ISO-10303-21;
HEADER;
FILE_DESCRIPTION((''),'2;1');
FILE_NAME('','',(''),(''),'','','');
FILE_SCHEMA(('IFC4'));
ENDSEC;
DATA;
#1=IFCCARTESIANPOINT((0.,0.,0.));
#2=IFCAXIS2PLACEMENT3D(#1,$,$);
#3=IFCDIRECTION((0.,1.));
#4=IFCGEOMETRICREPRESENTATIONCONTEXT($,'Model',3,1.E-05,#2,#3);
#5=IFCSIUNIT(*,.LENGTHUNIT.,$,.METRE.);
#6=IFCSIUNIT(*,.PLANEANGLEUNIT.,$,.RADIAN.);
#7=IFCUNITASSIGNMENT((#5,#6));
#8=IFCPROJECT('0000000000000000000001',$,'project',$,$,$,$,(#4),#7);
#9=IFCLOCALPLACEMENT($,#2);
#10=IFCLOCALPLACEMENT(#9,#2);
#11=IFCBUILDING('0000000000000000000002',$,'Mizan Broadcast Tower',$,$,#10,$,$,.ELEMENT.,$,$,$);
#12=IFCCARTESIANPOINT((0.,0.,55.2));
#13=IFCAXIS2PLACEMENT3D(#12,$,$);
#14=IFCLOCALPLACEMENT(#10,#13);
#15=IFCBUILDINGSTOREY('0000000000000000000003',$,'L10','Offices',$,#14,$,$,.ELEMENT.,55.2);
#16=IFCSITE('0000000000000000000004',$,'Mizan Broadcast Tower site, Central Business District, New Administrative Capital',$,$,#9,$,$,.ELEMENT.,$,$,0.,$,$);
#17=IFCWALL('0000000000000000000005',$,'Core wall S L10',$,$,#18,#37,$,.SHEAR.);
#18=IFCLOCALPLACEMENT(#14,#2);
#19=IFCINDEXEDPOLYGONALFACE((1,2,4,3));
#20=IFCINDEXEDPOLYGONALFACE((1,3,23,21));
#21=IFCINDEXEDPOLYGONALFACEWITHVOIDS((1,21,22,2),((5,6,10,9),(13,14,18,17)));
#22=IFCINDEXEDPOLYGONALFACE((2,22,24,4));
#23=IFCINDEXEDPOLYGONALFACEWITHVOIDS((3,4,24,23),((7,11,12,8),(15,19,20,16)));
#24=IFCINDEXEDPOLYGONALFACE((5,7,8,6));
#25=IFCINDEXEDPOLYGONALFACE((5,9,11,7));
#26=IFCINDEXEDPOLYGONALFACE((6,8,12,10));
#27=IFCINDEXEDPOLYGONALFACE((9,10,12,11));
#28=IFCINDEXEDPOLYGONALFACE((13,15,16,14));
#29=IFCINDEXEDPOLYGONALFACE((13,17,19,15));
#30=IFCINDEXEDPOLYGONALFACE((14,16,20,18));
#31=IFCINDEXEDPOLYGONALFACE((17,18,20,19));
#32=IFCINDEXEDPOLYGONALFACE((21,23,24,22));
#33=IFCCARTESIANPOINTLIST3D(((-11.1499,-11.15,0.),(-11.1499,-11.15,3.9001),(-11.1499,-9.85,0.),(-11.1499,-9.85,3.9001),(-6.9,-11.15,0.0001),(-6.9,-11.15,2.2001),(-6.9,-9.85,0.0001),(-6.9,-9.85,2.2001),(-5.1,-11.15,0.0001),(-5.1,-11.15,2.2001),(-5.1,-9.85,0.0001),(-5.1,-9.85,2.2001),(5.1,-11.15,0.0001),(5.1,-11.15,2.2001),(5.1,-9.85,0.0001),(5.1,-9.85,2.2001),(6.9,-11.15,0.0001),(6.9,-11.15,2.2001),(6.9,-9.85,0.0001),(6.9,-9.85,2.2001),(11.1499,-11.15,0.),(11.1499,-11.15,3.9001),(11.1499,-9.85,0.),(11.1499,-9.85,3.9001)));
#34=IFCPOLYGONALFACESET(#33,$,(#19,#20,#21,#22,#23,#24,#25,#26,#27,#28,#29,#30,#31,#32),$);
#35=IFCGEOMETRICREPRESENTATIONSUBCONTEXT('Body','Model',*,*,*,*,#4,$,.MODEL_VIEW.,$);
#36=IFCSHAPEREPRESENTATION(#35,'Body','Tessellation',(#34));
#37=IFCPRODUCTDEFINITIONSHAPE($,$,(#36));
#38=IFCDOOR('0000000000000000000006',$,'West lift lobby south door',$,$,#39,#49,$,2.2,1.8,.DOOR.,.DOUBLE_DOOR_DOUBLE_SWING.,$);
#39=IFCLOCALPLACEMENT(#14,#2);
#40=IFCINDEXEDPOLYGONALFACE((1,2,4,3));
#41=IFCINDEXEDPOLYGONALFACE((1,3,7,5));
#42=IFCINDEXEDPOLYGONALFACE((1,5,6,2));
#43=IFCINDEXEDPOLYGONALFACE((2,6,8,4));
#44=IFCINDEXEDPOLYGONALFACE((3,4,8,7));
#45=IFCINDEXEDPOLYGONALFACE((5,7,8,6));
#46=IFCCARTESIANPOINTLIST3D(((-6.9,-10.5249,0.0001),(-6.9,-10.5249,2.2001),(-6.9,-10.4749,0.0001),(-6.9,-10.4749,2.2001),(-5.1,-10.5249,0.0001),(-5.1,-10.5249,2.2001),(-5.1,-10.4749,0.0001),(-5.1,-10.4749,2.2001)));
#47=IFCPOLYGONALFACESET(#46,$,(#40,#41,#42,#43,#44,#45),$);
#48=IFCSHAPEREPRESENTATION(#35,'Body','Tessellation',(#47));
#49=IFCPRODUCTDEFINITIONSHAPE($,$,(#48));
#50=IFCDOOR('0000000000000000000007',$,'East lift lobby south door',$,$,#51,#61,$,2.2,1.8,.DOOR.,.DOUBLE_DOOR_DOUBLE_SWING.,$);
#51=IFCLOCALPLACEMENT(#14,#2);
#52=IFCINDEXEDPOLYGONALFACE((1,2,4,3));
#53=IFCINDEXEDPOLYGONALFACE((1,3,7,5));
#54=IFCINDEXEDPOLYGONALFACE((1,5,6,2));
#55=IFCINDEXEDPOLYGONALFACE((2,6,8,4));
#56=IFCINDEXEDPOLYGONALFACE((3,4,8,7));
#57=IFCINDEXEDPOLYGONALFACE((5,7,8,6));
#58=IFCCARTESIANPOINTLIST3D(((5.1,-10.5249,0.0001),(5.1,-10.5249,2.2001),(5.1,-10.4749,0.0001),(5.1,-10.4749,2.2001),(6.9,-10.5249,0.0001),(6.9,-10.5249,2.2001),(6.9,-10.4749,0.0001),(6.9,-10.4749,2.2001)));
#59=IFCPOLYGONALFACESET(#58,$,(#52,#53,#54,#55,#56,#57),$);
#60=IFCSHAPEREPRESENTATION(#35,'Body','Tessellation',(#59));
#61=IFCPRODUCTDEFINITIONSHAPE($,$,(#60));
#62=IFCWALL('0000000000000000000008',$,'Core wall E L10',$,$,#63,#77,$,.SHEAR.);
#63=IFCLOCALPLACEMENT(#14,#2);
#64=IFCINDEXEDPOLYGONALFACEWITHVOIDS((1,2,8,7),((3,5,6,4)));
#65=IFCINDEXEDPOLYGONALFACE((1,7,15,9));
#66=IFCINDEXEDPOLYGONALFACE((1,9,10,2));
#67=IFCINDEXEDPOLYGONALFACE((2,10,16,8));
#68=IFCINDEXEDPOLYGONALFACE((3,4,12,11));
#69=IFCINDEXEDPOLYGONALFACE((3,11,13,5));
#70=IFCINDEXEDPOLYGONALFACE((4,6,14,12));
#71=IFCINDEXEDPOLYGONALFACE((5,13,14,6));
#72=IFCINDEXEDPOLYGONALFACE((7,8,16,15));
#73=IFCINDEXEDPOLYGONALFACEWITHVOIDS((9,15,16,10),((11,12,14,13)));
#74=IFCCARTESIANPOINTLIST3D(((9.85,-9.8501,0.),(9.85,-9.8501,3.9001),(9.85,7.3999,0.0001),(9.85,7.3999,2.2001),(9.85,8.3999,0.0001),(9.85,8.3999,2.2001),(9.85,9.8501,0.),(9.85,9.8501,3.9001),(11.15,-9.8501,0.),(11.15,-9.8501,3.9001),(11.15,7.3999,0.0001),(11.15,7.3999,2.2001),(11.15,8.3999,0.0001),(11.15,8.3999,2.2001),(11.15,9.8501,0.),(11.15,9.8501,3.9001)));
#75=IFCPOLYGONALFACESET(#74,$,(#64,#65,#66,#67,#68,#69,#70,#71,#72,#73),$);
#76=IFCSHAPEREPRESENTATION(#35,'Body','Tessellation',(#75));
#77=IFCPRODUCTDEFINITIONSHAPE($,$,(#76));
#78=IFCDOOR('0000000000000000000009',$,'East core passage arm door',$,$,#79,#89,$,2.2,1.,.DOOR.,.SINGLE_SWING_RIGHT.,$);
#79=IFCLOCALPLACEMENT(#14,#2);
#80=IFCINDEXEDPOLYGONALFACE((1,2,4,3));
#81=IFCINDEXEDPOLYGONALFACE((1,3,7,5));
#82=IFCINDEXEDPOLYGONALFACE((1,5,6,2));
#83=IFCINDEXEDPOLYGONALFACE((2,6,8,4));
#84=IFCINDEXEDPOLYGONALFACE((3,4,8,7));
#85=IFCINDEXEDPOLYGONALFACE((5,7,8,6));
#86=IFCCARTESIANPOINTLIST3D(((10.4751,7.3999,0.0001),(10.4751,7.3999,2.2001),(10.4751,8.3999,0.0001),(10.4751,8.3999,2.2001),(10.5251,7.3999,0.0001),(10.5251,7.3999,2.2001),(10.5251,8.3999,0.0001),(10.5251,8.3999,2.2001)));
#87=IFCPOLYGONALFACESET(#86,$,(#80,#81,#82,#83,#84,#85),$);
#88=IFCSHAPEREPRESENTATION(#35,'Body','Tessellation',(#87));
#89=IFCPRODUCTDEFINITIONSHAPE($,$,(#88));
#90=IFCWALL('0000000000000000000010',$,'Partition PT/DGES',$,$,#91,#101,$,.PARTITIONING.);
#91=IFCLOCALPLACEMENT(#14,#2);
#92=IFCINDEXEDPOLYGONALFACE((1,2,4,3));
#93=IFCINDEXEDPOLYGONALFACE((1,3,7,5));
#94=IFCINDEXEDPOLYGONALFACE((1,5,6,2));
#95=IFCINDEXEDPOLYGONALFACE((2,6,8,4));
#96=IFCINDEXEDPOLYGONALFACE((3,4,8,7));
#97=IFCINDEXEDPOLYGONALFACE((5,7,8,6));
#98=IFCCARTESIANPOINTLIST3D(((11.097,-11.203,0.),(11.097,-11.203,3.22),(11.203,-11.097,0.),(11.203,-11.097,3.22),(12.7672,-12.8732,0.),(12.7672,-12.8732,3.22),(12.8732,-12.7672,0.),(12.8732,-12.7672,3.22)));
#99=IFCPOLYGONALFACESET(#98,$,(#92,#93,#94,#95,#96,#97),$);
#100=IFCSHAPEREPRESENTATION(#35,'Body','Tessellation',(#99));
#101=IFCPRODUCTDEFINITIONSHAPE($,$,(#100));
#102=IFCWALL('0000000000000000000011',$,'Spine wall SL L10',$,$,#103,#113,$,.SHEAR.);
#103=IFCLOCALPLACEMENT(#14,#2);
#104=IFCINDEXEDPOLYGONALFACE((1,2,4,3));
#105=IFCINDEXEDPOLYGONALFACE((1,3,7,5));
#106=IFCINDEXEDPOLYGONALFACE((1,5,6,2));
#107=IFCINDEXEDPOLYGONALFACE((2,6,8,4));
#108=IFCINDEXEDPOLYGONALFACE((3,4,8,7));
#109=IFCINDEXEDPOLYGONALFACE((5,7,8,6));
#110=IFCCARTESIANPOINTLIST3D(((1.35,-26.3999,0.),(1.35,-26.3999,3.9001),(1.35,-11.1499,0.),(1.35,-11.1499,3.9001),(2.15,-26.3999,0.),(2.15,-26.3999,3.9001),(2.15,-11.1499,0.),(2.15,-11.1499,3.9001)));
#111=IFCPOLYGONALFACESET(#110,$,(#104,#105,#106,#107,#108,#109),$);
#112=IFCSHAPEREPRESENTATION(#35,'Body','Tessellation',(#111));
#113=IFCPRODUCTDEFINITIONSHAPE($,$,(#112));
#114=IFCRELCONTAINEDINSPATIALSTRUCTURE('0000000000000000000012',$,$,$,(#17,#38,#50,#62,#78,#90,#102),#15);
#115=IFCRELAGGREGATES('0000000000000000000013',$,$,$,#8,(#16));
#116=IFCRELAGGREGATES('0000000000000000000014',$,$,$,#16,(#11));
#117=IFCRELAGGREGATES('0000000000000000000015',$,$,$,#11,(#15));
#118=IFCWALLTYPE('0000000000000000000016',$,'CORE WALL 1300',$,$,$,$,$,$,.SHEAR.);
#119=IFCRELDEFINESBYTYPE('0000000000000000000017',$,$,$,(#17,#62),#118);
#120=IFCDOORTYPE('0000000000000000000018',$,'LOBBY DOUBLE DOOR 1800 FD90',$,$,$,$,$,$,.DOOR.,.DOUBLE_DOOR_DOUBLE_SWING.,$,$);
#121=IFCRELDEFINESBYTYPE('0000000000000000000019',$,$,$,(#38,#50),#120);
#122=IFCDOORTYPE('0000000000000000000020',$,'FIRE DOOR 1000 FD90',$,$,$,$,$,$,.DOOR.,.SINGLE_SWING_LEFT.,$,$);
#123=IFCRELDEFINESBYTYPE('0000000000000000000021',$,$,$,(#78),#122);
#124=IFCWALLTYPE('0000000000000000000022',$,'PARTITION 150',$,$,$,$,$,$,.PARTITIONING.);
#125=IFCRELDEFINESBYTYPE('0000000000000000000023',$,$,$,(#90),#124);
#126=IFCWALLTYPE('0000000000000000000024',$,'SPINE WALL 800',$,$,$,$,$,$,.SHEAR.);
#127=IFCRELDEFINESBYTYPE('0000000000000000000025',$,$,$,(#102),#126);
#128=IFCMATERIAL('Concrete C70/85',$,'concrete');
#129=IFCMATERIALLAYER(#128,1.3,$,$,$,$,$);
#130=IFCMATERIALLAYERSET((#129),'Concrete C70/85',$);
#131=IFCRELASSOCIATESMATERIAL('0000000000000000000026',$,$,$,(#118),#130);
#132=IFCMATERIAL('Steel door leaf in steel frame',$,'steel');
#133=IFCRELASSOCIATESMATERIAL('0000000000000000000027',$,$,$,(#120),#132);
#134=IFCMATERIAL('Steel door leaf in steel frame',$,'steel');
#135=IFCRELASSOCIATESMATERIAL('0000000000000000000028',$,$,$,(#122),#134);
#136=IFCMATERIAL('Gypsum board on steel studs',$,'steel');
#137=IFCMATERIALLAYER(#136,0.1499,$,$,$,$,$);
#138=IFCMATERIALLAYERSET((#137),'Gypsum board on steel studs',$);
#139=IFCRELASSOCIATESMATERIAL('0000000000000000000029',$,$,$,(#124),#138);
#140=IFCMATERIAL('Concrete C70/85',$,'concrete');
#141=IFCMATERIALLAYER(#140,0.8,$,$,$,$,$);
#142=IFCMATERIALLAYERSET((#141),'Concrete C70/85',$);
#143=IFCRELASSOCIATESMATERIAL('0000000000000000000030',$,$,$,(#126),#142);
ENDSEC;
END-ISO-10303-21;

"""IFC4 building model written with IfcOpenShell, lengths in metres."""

from ifc_helpers import new_model, si_unit, direction, frame, frame_2d, origin, place, context, subcontext, project, spatial, rectangle, extrude, material, layer, layer_set, type_object, element, fill, save


model = new_model("IFC4")

# Units and contexts
model_context = context("Model", 3, precision=1e-05, world=origin(), true_north=direction((0.0, 1.0)))
body_context = subcontext(model_context, "Body", "Model", "MODEL_VIEW")
ifc_project = project(units=[si_unit("LENGTHUNIT", "METRE"), si_unit("PLANEANGLEUNIT", "RADIAN")], contexts=[model_context])

# Site, building, storey
site_placement = place(None, origin())
site = spatial("IfcSite", under=ifc_project, at=site_placement, Name="Mizan Broadcast Tower site, Central Business District, New Administrative Capital", CompositionType="ELEMENT", RefElevation=0.0)
building_placement = place(site_placement, origin())
building = spatial("IfcBuilding", under=site, at=building_placement, Name="Mizan Broadcast Tower", CompositionType="ELEMENT")
storey_placement = place(building_placement, frame((0.0, 0.0, 55.2)))
storey = spatial("IfcBuildingStorey", under=building, at=storey_placement, Name="L10", Description="Offices", CompositionType="ELEMENT", Elevation=55.2)

# Wall, openings, doors
ifc_material_1 = material(Name="Concrete C70/85", Category="concrete")
ifc_layer_1 = layer(ifc_material_1, 1.3)
ifc_layer_set_1 = layer_set([ifc_layer_1], Name="Concrete C70/85")
wall_type_1 = type_object("IfcWallType", Name="CORE WALL 1300", PredefinedType="SHEAR", material=ifc_layer_set_1)
wall_1_placement = place(storey_placement, frame((11.1499, -10.5, 0.0), z_axis=(0.0, 0.0, 1.0), x_axis=(-1.0, 0.0, 0.0)))
wall_1 = element("IfcWall", 1, at=wall_1_placement, inside=storey, type_object=wall_type_1, Name="Core wall S L10", PredefinedType="SHEAR", context=body_context, shape_type="SweptSolid", body=[
    extrude(rectangle(XDim=22.2998, YDim=1.3, at=frame_2d((11.1499, 0.0))), origin(), (0.0, 0.0, 1.0), 3.9001),
])
opening_1_placement = place(wall_1_placement, frame((16.25, 0.0, 0.0)))
opening_1 = element("IfcOpeningElement", 2, at=opening_1_placement, cuts=wall_1, PredefinedType="OPENING", context=body_context, shape_type="SweptSolid", body=[
    extrude(rectangle(XDim=1.8, YDim=2.2, at=frame_2d((0.8999, 1.1001))), frame((0.0, 0.6599, 0.0), z_axis=(0.0, -1.0, 0.0), x_axis=(1.0, 0.0, 0.0)), (0.0, 0.0, 1.0), 1.3201),
])
opening_2_placement = place(wall_1_placement, frame((4.25, 0.0, 0.0)))
opening_2 = element("IfcOpeningElement", 3, at=opening_2_placement, cuts=wall_1, PredefinedType="OPENING", context=body_context, shape_type="SweptSolid", body=[
    extrude(rectangle(XDim=1.8, YDim=2.2, at=frame_2d((0.8999, 1.1001))), frame((0.0, 0.6599, 0.0), z_axis=(0.0, -1.0, 0.0), x_axis=(1.0, 0.0, 0.0)), (0.0, 0.0, 1.0), 1.3201),
])
ifc_material_2 = material(Name="Steel door leaf in steel frame", Category="steel")
door_type_1 = type_object("IfcDoorType", Name="LOBBY DOUBLE DOOR 1800 FD90", OperationType="DOUBLE_DOOR_DOUBLE_SWING", PredefinedType="DOOR", material=ifc_material_2)
door_1_placement = place(opening_1_placement, origin())
door_1 = element("IfcDoor", 4, at=door_1_placement, inside=storey, type_object=door_type_1, Name="West lift lobby south door", OperationType="DOUBLE_DOOR_DOUBLE_SWING", OverallHeight=2.2, OverallWidth=1.8, PredefinedType="DOOR", context=body_context, shape_type="SweptSolid", body=[
    extrude(rectangle(XDim=1.8, YDim=2.2, at=frame_2d((0.8999, 1.1001))), frame((0.0, 0.0249, 0.0), z_axis=(0.0, -1.0, 0.0), x_axis=(1.0, 0.0, 0.0)), (0.0, 0.0, 1.0), 0.05),
])
fill(opening_1, door_1)
door_2_placement = place(opening_2_placement, origin())
door_2 = element("IfcDoor", 5, at=door_2_placement, inside=storey, type_object=door_type_1, Name="East lift lobby south door", OperationType="DOUBLE_DOOR_DOUBLE_SWING", OverallHeight=2.2, OverallWidth=1.8, PredefinedType="DOOR", context=body_context, shape_type="SweptSolid", body=[
    extrude(rectangle(XDim=1.8, YDim=2.2, at=frame_2d((0.8999, 1.1001))), frame((0.0, 0.0249, 0.0), z_axis=(0.0, -1.0, 0.0), x_axis=(1.0, 0.0, 0.0)), (0.0, 0.0, 1.0), 0.05),
])
fill(opening_2, door_2)

# Wall, opening, door
wall_2_placement = place(storey_placement, frame((10.5, -9.8501, 0.0), z_axis=(0.0, 0.0, 1.0), x_axis=(0.0, 1.0, 0.0)))
wall_2 = element("IfcWall", 6, at=wall_2_placement, inside=storey, type_object=wall_type_1, Name="Core wall E L10", PredefinedType="SHEAR", context=body_context, shape_type="SweptSolid", body=[
    extrude(rectangle(XDim=19.7002, YDim=1.3, at=frame_2d((9.8501, 0.0))), origin(), (0.0, 0.0, 1.0), 3.9001),
])
opening_3_placement = place(wall_2_placement, frame((17.25, 0.0, 0.0)))
opening_3 = element("IfcOpeningElement", 7, at=opening_3_placement, cuts=wall_2, PredefinedType="OPENING", context=body_context, shape_type="SweptSolid", body=[
    extrude(rectangle(XDim=1.0, YDim=2.2, at=frame_2d((0.5, 1.1001))), frame((0.0, 0.6599, 0.0), z_axis=(0.0, -1.0, 0.0), x_axis=(1.0, 0.0, 0.0)), (0.0, 0.0, 1.0), 1.3201),
])
ifc_material_3 = material(Name="Steel door leaf in steel frame", Category="steel")
door_type_2 = type_object("IfcDoorType", Name="FIRE DOOR 1000 FD90", OperationType="SINGLE_SWING_LEFT", PredefinedType="DOOR", material=ifc_material_3)
door_3_placement = place(opening_3_placement, origin())
door_3 = element("IfcDoor", 8, at=door_3_placement, inside=storey, type_object=door_type_2, Name="East core passage arm door", OperationType="SINGLE_SWING_RIGHT", OverallHeight=2.2, OverallWidth=1.0, PredefinedType="DOOR", context=body_context, shape_type="SweptSolid", body=[
    extrude(rectangle(XDim=1.0, YDim=2.2, at=frame_2d((0.5, 1.1001))), frame((0.0, 0.0249, 0.0), z_axis=(0.0, -1.0, 0.0), x_axis=(1.0, 0.0, 0.0)), (0.0, 0.0, 1.0), 0.05),
])
fill(opening_3, door_3)

# Walls
ifc_material_4 = material(Name="Gypsum board on steel studs", Category="steel")
ifc_layer_2 = layer(ifc_material_4, 0.1499)
ifc_layer_set_2 = layer_set([ifc_layer_2], Name="Gypsum board on steel studs")
wall_type_2 = type_object("IfcWallType", Name="PARTITION 150", PredefinedType="PARTITIONING", material=ifc_layer_set_2)
wall_3_placement = place(storey_placement, frame((11.1499, -11.1499, 0.0), z_axis=(0.0, 0.0, 1.0), x_axis=(0.707107, -0.707107, 0.0)))
element("IfcWall", 9, at=wall_3_placement, inside=storey, type_object=wall_type_2, Name="Partition PT/DGES", PredefinedType="PARTITIONING", context=body_context, shape_type="SweptSolid", body=[
    extrude(rectangle(XDim=2.3621, YDim=0.1499, at=frame_2d((1.1812, 0.0))), origin(), (0.0, 0.0, 1.0), 3.22),
])
ifc_material_5 = material(Name="Concrete C70/85", Category="concrete")
ifc_layer_3 = layer(ifc_material_5, 0.8)
ifc_layer_set_3 = layer_set([ifc_layer_3], Name="Concrete C70/85")
wall_type_3 = type_object("IfcWallType", Name="SPINE WALL 800", PredefinedType="SHEAR", material=ifc_layer_set_3)
wall_4_placement = place(storey_placement, frame((1.75, -11.1499, 0.0), z_axis=(0.0, 0.0, 1.0), x_axis=(0.0, -1.0, 0.0)))
element("IfcWall", 10, at=wall_4_placement, inside=storey, type_object=wall_type_3, Name="Spine wall SL L10", PredefinedType="SHEAR", context=body_context, shape_type="SweptSolid", body=[
    extrude(rectangle(XDim=15.25, YDim=0.8, at=frame_2d((7.625, 0.0))), origin(), (0.0, 0.0, 1.0), 3.9001),
])

save(model, "model.ifc")
